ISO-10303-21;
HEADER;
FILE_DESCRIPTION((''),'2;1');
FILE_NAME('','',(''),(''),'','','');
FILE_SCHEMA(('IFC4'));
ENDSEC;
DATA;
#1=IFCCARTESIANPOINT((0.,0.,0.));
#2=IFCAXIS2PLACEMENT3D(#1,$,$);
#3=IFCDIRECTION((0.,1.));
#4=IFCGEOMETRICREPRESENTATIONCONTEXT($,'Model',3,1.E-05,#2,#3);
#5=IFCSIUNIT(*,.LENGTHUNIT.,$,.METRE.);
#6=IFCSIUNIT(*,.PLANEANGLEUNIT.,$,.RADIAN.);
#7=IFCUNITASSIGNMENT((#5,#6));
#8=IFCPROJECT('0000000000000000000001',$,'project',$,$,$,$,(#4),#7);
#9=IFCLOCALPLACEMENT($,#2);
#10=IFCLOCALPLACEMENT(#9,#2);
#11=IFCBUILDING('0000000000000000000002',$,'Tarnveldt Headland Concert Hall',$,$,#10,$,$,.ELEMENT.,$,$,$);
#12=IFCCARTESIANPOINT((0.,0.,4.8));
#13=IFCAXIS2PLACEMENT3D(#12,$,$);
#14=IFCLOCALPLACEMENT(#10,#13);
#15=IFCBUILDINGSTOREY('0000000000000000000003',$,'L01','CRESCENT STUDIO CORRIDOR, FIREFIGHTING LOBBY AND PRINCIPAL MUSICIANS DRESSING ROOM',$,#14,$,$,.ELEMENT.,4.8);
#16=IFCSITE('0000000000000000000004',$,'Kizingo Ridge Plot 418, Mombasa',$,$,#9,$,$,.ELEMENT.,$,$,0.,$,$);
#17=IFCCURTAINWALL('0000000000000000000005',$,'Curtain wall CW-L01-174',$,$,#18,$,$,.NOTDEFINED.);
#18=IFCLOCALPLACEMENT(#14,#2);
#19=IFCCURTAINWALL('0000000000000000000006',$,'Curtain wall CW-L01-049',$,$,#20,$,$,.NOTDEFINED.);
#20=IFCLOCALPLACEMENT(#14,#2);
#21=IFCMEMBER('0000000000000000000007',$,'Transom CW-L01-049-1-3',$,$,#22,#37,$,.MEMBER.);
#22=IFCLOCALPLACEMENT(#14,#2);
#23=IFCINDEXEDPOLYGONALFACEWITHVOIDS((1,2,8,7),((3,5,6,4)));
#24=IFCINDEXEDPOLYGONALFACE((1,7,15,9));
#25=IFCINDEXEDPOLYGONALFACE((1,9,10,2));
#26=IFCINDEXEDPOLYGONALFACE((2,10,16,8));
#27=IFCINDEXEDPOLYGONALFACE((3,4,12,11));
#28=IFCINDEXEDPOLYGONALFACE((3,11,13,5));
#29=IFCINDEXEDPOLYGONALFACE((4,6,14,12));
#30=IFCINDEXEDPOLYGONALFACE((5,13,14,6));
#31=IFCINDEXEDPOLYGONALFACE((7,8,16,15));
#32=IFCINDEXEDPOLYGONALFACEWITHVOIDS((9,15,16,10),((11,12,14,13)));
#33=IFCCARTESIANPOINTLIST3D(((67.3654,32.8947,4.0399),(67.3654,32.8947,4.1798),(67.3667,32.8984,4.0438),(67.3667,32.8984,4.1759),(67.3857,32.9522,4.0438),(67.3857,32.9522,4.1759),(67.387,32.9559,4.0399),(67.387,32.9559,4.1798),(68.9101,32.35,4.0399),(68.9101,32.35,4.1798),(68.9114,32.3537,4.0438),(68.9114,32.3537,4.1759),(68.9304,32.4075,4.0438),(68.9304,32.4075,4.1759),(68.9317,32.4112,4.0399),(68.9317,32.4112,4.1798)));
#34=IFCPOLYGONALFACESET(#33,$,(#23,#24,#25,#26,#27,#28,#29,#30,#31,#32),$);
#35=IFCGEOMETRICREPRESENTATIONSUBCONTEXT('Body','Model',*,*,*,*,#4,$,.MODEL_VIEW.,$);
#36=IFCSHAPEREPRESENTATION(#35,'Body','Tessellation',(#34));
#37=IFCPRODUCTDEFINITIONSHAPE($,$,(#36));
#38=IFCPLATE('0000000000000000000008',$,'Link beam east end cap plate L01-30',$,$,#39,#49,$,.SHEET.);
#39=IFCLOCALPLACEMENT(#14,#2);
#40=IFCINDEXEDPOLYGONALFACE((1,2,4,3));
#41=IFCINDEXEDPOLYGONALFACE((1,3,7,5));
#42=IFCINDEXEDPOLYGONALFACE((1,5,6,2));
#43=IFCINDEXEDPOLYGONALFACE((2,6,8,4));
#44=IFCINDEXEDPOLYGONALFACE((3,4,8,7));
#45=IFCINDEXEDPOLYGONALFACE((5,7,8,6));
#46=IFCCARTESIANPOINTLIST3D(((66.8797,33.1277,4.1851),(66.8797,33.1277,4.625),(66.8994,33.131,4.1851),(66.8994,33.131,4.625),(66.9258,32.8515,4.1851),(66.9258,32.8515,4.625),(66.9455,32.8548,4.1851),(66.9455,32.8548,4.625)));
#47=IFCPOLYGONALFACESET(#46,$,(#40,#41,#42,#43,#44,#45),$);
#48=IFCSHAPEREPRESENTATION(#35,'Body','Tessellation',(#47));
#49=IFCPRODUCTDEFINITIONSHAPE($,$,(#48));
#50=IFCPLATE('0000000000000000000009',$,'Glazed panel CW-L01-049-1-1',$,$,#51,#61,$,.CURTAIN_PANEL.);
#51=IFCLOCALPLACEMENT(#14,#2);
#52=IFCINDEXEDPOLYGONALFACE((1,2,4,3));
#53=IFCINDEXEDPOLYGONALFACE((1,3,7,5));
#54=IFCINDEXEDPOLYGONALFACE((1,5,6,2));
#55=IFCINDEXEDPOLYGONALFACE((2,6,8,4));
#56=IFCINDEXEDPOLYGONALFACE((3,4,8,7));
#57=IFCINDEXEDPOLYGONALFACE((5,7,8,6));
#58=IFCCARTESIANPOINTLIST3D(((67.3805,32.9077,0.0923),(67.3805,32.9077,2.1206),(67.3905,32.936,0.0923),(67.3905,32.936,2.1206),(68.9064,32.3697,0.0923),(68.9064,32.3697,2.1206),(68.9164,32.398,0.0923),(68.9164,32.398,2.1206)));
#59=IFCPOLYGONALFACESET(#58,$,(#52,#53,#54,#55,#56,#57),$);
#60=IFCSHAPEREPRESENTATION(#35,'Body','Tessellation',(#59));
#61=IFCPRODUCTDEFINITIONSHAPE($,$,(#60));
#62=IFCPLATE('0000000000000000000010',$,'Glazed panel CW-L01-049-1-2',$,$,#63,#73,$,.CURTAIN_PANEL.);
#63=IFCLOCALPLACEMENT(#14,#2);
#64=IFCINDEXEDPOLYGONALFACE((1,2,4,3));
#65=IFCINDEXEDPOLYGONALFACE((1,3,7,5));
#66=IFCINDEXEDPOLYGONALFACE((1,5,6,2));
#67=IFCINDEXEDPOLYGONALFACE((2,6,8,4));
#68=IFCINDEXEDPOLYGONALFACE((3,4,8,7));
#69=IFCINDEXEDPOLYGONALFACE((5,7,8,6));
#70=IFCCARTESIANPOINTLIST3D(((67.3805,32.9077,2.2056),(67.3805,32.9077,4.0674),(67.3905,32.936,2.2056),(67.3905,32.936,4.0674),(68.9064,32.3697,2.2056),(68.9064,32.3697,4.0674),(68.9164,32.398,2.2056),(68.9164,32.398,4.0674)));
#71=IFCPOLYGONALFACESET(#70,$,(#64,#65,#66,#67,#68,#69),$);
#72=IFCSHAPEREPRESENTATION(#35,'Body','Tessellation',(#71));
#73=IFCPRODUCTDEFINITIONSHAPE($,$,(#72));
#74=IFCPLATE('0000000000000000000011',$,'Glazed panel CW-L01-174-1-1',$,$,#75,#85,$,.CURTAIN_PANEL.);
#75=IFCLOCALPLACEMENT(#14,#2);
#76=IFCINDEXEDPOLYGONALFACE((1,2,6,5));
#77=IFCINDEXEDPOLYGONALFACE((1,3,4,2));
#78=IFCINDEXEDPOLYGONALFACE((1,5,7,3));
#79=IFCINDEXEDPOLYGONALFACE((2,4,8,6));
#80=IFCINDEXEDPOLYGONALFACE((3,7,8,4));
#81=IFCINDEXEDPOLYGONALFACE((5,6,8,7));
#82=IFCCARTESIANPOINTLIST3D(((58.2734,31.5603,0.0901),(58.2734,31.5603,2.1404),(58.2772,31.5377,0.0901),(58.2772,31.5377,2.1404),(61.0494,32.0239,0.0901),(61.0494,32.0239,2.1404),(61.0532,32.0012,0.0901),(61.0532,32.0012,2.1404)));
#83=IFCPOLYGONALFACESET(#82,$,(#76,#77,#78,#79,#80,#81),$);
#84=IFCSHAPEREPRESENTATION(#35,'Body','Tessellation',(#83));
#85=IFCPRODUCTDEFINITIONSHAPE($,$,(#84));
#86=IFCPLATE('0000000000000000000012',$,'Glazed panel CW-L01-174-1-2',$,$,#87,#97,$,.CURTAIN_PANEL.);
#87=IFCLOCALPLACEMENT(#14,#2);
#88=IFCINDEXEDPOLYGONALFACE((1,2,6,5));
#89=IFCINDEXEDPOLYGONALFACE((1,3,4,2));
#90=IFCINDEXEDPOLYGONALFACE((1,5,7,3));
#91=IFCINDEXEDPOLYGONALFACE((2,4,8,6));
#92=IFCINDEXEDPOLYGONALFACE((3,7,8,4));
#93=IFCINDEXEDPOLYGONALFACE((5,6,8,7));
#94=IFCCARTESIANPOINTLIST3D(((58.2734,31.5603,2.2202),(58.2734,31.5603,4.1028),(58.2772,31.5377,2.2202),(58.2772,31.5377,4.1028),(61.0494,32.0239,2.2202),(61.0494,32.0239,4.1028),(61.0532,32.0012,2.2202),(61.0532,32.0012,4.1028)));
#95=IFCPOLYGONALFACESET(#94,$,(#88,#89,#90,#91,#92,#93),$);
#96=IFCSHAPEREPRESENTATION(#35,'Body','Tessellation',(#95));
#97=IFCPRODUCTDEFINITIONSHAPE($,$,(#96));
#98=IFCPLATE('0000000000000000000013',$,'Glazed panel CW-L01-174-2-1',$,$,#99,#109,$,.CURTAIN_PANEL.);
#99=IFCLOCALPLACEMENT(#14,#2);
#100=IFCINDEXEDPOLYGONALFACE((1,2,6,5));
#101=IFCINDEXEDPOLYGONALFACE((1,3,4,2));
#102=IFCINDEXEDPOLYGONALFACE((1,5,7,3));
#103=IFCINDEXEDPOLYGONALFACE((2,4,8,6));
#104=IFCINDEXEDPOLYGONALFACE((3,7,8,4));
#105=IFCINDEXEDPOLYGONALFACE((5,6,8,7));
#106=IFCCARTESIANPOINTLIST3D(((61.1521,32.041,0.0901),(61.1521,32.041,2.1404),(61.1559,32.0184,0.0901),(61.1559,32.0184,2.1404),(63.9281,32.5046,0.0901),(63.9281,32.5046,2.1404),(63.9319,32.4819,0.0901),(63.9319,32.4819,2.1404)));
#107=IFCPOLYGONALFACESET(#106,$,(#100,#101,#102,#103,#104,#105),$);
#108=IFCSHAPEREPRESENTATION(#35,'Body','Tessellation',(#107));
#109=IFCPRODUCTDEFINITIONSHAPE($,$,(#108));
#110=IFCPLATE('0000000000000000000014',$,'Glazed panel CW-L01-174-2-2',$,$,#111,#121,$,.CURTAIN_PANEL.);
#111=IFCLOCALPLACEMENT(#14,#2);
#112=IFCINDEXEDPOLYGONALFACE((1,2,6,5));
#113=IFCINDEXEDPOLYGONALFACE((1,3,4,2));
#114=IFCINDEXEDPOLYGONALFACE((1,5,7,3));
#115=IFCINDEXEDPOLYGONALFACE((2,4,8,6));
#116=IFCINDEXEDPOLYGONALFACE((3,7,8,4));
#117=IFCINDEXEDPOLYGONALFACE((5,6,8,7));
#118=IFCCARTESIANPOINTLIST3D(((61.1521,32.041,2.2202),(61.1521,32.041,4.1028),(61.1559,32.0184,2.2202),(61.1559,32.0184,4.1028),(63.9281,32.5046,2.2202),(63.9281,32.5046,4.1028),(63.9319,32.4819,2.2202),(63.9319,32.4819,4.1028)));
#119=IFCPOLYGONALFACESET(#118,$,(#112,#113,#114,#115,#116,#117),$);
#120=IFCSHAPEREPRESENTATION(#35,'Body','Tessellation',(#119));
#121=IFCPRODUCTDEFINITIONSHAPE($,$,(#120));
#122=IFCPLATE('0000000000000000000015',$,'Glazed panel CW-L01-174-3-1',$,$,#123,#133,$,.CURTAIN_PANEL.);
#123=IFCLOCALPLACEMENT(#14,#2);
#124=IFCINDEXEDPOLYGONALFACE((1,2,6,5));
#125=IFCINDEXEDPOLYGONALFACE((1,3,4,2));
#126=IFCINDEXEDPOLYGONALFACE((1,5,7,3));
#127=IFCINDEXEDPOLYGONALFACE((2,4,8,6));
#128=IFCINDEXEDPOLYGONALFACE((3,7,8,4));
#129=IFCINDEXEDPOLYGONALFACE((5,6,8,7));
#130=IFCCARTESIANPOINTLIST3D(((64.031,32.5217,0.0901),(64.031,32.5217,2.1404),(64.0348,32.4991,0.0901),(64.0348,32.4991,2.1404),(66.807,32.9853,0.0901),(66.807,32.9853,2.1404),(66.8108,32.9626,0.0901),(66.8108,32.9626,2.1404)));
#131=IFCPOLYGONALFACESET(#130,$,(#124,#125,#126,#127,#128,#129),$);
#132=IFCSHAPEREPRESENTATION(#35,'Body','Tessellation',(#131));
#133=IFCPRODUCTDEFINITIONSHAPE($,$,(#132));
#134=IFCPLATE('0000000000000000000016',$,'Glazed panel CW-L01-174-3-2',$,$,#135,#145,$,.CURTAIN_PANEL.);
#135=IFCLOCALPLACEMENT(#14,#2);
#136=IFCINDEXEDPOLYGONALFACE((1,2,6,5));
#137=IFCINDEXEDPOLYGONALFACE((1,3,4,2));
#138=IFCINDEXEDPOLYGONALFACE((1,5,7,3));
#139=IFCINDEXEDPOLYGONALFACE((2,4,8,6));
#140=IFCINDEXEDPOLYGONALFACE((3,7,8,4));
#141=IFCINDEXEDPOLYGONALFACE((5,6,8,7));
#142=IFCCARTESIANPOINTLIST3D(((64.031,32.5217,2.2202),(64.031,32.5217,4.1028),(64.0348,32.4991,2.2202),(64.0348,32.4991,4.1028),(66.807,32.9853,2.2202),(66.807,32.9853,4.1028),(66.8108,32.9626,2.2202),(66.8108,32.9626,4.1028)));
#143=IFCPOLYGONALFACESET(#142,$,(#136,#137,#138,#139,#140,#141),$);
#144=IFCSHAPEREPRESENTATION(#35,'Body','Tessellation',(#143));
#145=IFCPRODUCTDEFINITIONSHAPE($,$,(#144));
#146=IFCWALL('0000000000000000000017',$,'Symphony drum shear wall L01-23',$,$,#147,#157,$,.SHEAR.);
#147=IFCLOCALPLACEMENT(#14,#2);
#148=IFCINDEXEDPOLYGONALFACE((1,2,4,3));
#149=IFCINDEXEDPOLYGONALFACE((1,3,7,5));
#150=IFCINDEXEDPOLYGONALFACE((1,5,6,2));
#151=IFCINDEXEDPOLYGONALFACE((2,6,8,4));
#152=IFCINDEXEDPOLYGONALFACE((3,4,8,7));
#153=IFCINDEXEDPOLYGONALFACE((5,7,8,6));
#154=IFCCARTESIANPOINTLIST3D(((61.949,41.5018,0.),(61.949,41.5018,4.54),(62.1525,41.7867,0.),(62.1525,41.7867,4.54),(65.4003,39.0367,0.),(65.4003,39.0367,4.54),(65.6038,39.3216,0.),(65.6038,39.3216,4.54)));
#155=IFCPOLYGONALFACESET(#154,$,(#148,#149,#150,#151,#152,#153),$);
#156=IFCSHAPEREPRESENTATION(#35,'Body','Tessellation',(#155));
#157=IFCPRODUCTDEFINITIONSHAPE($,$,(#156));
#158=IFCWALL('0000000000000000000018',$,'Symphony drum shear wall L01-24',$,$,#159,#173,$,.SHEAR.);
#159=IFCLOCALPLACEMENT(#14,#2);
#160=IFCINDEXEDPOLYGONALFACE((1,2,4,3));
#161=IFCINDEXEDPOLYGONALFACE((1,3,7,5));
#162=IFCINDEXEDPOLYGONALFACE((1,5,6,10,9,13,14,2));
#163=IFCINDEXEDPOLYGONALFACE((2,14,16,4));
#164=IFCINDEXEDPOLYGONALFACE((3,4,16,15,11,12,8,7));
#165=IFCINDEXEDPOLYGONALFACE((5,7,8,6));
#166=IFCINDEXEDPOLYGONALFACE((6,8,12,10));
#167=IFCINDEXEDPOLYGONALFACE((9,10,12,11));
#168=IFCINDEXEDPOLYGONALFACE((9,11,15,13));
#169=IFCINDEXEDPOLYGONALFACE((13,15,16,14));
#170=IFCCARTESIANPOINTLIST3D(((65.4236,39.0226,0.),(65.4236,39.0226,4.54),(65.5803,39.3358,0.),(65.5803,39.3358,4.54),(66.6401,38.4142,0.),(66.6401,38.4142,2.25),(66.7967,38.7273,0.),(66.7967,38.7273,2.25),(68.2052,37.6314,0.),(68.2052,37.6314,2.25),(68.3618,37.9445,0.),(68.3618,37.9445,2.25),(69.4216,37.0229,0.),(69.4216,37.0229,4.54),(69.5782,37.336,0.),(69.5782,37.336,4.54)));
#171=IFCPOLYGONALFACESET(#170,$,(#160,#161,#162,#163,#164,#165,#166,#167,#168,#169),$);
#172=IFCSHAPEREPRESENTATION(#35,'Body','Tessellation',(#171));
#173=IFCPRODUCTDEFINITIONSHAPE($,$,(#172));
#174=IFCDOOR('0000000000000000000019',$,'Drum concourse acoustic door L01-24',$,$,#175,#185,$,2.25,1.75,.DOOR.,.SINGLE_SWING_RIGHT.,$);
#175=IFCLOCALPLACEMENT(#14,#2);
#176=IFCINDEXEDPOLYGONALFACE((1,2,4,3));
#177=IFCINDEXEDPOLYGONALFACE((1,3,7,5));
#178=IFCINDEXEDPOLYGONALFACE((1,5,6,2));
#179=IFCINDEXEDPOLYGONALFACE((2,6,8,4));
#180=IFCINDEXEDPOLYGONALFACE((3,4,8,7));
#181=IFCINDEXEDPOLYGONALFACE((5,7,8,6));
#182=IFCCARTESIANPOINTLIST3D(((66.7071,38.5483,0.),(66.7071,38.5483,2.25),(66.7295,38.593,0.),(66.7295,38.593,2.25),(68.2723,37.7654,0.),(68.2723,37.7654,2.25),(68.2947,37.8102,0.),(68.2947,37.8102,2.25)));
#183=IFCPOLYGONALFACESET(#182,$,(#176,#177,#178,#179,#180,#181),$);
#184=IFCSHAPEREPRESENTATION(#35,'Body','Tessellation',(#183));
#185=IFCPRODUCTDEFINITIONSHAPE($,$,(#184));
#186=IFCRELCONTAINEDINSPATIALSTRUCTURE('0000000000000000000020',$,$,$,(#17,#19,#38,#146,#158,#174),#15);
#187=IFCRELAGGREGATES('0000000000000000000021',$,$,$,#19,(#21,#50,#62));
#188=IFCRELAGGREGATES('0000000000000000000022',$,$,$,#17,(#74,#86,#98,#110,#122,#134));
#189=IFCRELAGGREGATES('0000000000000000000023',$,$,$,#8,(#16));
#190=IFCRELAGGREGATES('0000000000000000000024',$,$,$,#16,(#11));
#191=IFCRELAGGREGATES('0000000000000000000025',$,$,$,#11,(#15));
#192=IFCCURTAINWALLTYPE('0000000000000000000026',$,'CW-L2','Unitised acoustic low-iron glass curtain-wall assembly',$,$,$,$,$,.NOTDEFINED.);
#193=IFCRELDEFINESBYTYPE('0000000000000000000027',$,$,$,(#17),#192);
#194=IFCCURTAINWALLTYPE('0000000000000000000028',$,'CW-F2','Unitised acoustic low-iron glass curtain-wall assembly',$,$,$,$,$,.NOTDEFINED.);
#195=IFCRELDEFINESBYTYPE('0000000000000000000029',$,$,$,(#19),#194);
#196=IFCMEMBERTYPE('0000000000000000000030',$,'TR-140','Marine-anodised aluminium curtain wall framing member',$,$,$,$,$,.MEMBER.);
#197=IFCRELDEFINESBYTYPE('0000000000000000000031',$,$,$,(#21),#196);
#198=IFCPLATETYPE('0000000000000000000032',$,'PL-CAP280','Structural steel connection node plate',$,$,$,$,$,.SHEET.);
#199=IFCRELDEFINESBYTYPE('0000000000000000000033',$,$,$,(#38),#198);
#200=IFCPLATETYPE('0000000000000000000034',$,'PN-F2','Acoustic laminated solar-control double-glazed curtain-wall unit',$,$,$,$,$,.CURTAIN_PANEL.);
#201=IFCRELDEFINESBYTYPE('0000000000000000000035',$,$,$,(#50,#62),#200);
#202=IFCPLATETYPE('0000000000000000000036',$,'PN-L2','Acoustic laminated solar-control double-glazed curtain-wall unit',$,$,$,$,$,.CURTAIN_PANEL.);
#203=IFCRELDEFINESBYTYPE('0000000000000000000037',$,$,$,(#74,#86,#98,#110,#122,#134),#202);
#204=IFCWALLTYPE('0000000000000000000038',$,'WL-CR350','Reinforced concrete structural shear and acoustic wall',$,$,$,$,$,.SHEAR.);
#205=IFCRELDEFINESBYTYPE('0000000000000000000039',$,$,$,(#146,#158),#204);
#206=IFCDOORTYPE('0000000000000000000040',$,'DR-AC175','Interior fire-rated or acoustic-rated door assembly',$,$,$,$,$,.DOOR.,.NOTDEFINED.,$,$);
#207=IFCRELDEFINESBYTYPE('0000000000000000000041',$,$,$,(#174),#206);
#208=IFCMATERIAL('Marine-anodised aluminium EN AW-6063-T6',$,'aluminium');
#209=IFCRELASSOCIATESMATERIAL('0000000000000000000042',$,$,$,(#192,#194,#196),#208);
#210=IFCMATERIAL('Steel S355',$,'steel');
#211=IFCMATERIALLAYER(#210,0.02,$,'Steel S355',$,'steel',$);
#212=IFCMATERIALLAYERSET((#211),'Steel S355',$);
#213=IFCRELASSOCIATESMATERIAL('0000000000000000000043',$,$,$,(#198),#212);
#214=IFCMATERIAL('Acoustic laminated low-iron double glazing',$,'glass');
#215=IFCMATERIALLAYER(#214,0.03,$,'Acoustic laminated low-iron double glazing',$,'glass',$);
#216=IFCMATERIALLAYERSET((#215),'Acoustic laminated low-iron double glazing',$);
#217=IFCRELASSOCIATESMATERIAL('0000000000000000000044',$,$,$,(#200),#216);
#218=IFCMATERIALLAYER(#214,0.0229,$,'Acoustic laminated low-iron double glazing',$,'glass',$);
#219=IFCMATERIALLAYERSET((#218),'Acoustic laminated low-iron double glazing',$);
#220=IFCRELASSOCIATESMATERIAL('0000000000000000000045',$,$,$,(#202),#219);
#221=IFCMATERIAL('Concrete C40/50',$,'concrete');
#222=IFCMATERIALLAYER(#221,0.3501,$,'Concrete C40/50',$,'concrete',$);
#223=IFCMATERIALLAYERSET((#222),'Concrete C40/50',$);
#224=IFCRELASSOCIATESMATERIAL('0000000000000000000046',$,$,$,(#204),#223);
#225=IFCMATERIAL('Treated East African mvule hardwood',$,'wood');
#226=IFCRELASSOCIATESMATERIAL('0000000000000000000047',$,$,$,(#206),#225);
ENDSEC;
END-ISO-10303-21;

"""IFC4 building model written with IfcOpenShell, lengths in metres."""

from ifc_helpers import new_model, si_unit, direction, frame, frame_2d, origin, origin_2d, place, context, subcontext, project, spatial, rectangle, hollow_rectangle, extrude, material, layer, layer_set, material_profile, profile_set, type_object, element, fill, aggregate, save


model = new_model("IFC4")

# Units and contexts
model_context = context("Model", 3, precision=1e-05, world=origin(), true_north=direction((0.0, 1.0)))
body_context = subcontext(model_context, "Body", "Model", "MODEL_VIEW")
ifc_project = project(units=[si_unit("LENGTHUNIT", "METRE"), si_unit("PLANEANGLEUNIT", "RADIAN")], contexts=[model_context])

# Site, building, storey
site_placement = place(None, origin())
site = spatial("IfcSite", under=ifc_project, at=site_placement, Name="Kizingo Ridge Plot 418, Mombasa", CompositionType="ELEMENT", RefElevation=0.0)
building_placement = place(site_placement, origin())
building = spatial("IfcBuilding", under=site, at=building_placement, Name="Tarnveldt Headland Concert Hall", CompositionType="ELEMENT")
storey_placement = place(building_placement, frame((0.0, 0.0, 4.8)))
storey = spatial("IfcBuildingStorey", under=building, at=storey_placement, Name="L01", Description="CRESCENT STUDIO CORRIDOR, FIREFIGHTING LOBBY AND PRINCIPAL MUSICIANS DRESSING ROOM", CompositionType="ELEMENT", Elevation=4.8)

# Shared definitions
ifc_material_1 = material(Name="Concrete C40/50", Category="concrete")
ifc_material_2 = material(Name="Steel S355", Category="steel")

# Curtain wall
ifc_material_3 = material(Name="Marine-anodised aluminium EN AW-6063-T6", Category="aluminium")
curtain_wall_type_1 = type_object("IfcCurtainWallType", Name="CW-L2", Description="Unitised acoustic low-iron glass curtain-wall assembly", PredefinedType="NOTDEFINED", material=ifc_material_3)
curtain_wall_1_placement = place(storey_placement, origin())
curtain_wall_1 = element("IfcCurtainWall", 1, at=curtain_wall_1_placement, inside=storey, type_object=curtain_wall_type_1, Name="Curtain wall CW-L01-174", PredefinedType="NOTDEFINED")

# Curtain wall
curtain_wall_type_2 = type_object("IfcCurtainWallType", Name="CW-F2", Description="Unitised acoustic low-iron glass curtain-wall assembly", PredefinedType="NOTDEFINED", material=ifc_material_3)
curtain_wall_2_placement = place(storey_placement, origin())
curtain_wall_2 = element("IfcCurtainWall", 2, at=curtain_wall_2_placement, inside=storey, type_object=curtain_wall_type_2, Name="Curtain wall CW-L01-049", PredefinedType="NOTDEFINED")

# Member
ifc_material_profile_1 = material_profile(ifc_material_3, hollow_rectangle(XDim=0.0649, YDim=0.1399, WallThickness=0.0039, at=origin_2d()), Name="ALU TRANSOM 65x140x4", Category="aluminium")
ifc_profile_set_1 = profile_set([ifc_material_profile_1], Name="Marine-anodised aluminium EN AW-6063-T6")
member_type_1 = type_object("IfcMemberType", Name="TR-140", Description="Marine-anodised aluminium curtain wall framing member", PredefinedType="MEMBER", material=ifc_profile_set_1)
member_1_placement = place(storey_placement, frame((67.3762, 32.9253, 4.1099), z_axis=(0.943087, -0.332547, 0.0), x_axis=(0.332547, 0.943087, 0.0)))
member_1 = element("IfcMember", 3, at=member_1_placement, type_object=member_type_1, Name="Transom CW-L01-049-1-3", PredefinedType="MEMBER", context=body_context, shape_type="SweptSolid", body=[
    extrude(hollow_rectangle(XDim=0.0649, YDim=0.1399, WallThickness=0.0039, at=origin_2d()), origin(), (0.0, 0.0, 1.0), 1.6379),
])

# Plates
ifc_layer_1 = layer(ifc_material_2, 0.02, Name="Steel S355", Category="steel")
ifc_layer_set_1 = layer_set([ifc_layer_1], Name="Steel S355")
plate_type_1 = type_object("IfcPlateType", Name="PL-CAP280", Description="Structural steel connection node plate", PredefinedType="SHEET", material=ifc_layer_set_1)
plate_1_placement = place(storey_placement, frame((66.9126, 32.9912, 4.1851), z_axis=(0.0, 0.0, 1.0), x_axis=(0.986343, 0.164703, 0.0)))
element("IfcPlate", 4, at=plate_1_placement, inside=storey, type_object=plate_type_1, Name="Link beam east end cap plate L01-30", PredefinedType="SHEET", context=body_context, shape_type="SweptSolid", body=[
    extrude(rectangle(XDim=0.02, YDim=0.28, at=origin_2d()), origin(), (0.0, 0.0, 1.0), 0.4399),
])
ifc_material_4 = material(Name="Acoustic laminated low-iron double glazing", Category="glass")
ifc_layer_2 = layer(ifc_material_4, 0.03, Name="Acoustic laminated low-iron double glazing", Category="glass")
ifc_layer_set_2 = layer_set([ifc_layer_2], Name="Acoustic laminated low-iron double glazing")
plate_type_2 = type_object("IfcPlateType", Name="PN-F2", Description="Acoustic laminated solar-control double-glazed curtain-wall unit", PredefinedType="CURTAIN_PANEL", material=ifc_layer_set_2)
plate_2_placement = place(storey_placement, frame((68.1484, 32.6528, 0.0923), z_axis=(0.0, 0.0, 1.0), x_axis=(0.943095, -0.332523, 0.0)))
plate_2 = element("IfcPlate", 5, at=plate_2_placement, type_object=plate_type_2, Name="Glazed panel CW-L01-049-1-1", PredefinedType="CURTAIN_PANEL", context=body_context, shape_type="SweptSolid", body=[
    extrude(rectangle(XDim=1.6179, YDim=0.03, at=origin_2d()), origin(), (0.0, 0.0, 1.0), 2.0283),
])
plate_3_placement = place(storey_placement, frame((68.1484, 32.6528, 2.2056), z_axis=(0.0, 0.0, 1.0), x_axis=(0.943095, -0.332523, 0.0)))
plate_3 = element("IfcPlate", 6, at=plate_3_placement, type_object=plate_type_2, Name="Glazed panel CW-L01-049-1-2", PredefinedType="CURTAIN_PANEL", context=body_context, shape_type="SweptSolid", body=[
    extrude(rectangle(XDim=1.6179, YDim=0.03, at=origin_2d()), origin(), (0.0, 0.0, 1.0), 1.8618),
])
aggregate(curtain_wall_2, [member_1, plate_2, plate_3])
ifc_layer_3 = layer(ifc_material_4, 0.0229, Name="Acoustic laminated low-iron double glazing", Category="glass")
ifc_layer_set_3 = layer_set([ifc_layer_3], Name="Acoustic laminated low-iron double glazing")
plate_type_3 = type_object("IfcPlateType", Name="PN-L2", Description="Acoustic laminated solar-control double-glazed curtain-wall unit", PredefinedType="CURTAIN_PANEL", material=ifc_layer_set_3)
plate_4_placement = place(storey_placement, frame((59.6633, 31.7808, 0.0901), z_axis=(0.0, 0.0, 1.0), x_axis=(0.986343, 0.164703, 0.0)))
plate_4 = element("IfcPlate", 7, at=plate_4_placement, type_object=plate_type_3, Name="Glazed panel CW-L01-174-1-1", PredefinedType="CURTAIN_PANEL", context=body_context, shape_type="SweptSolid", body=[
    extrude(rectangle(XDim=2.8145, YDim=0.0229, at=origin_2d()), origin(), (0.0, 0.0, 1.0), 2.0503),
])
plate_5_placement = place(storey_placement, frame((59.6633, 31.7808, 2.2202), z_axis=(0.0, 0.0, 1.0), x_axis=(0.986343, 0.164703, 0.0)))
plate_5 = element("IfcPlate", 8, at=plate_5_placement, type_object=plate_type_3, Name="Glazed panel CW-L01-174-1-2", PredefinedType="CURTAIN_PANEL", context=body_context, shape_type="SweptSolid", body=[
    extrude(rectangle(XDim=2.8145, YDim=0.0229, at=origin_2d()), origin(), (0.0, 0.0, 1.0), 1.8826),
])
plate_6_placement = place(storey_placement, frame((62.542, 32.2615, 0.0901), z_axis=(0.0, 0.0, 1.0), x_axis=(0.986343, 0.164703, 0.0)))
plate_6 = element("IfcPlate", 9, at=plate_6_placement, type_object=plate_type_3, Name="Glazed panel CW-L01-174-2-1", PredefinedType="CURTAIN_PANEL", context=body_context, shape_type="SweptSolid", body=[
    extrude(rectangle(XDim=2.8145, YDim=0.0229, at=origin_2d()), origin(), (0.0, 0.0, 1.0), 2.0503),
])
plate_7_placement = place(storey_placement, frame((62.542, 32.2615, 2.2202), z_axis=(0.0, 0.0, 1.0), x_axis=(0.986343, 0.164703, 0.0)))
plate_7 = element("IfcPlate", 10, at=plate_7_placement, type_object=plate_type_3, Name="Glazed panel CW-L01-174-2-2", PredefinedType="CURTAIN_PANEL", context=body_context, shape_type="SweptSolid", body=[
    extrude(rectangle(XDim=2.8145, YDim=0.0229, at=origin_2d()), origin(), (0.0, 0.0, 1.0), 1.8826),
])
plate_8_placement = place(storey_placement, frame((65.4209, 32.7422, 0.0901), z_axis=(0.0, 0.0, 1.0), x_axis=(0.986343, 0.164703, 0.0)))
plate_8 = element("IfcPlate", 11, at=plate_8_placement, type_object=plate_type_3, Name="Glazed panel CW-L01-174-3-1", PredefinedType="CURTAIN_PANEL", context=body_context, shape_type="SweptSolid", body=[
    extrude(rectangle(XDim=2.8145, YDim=0.0229, at=origin_2d()), origin(), (0.0, 0.0, 1.0), 2.0503),
])
plate_9_placement = place(storey_placement, frame((65.4209, 32.7422, 2.2202), z_axis=(0.0, 0.0, 1.0), x_axis=(0.986343, 0.164703, 0.0)))
plate_9 = element("IfcPlate", 12, at=plate_9_placement, type_object=plate_type_3, Name="Glazed panel CW-L01-174-3-2", PredefinedType="CURTAIN_PANEL", context=body_context, shape_type="SweptSolid", body=[
    extrude(rectangle(XDim=2.8145, YDim=0.0229, at=origin_2d()), origin(), (0.0, 0.0, 1.0), 1.8826),
])
aggregate(curtain_wall_1, [plate_4, plate_5, plate_6, plate_7, plate_8, plate_9])

# Wall
ifc_layer_4 = layer(ifc_material_1, 0.3501, Name="Concrete C40/50", Category="concrete")
ifc_layer_set_4 = layer_set([ifc_layer_4], Name="Concrete C40/50")
wall_type = type_object("IfcWallType", Name="WL-CR350", Description="Reinforced concrete structural shear and acoustic wall", PredefinedType="SHEAR", material=ifc_layer_set_4)
wall_1_placement = place(storey_placement, frame((62.0508, 41.6443, 0.0), z_axis=(0.0, 0.0, 1.0), x_axis=(0.813737, -0.581233, 0.0)))
element("IfcWall", 13, at=wall_1_placement, inside=storey, type_object=wall_type, Name="Symphony drum shear wall L01-23", PredefinedType="SHEAR", context=body_context, shape_type="SweptSolid", body=[
    extrude(rectangle(XDim=4.2412, YDim=0.3501, at=frame_2d((2.1206, 0.0))), origin(), (0.0, 0.0, 1.0), 4.54),
])

# Wall, opening, door
wall_2_placement = place(storey_placement, frame((65.502, 39.1792, 0.0), z_axis=(0.0, 0.0, 1.0), x_axis=(0.894362, -0.447345, 0.0)))
wall_2 = element("IfcWall", 14, at=wall_2_placement, inside=storey, type_object=wall_type, Name="Symphony drum shear wall L01-24", PredefinedType="SHEAR", context=body_context, shape_type="SweptSolid", body=[
    extrude(rectangle(XDim=4.4702, YDim=0.3501, at=frame_2d((2.2351, 0.0))), origin(), (0.0, 0.0, 1.0), 4.54),
])
opening_placement = place(wall_2_placement, frame((1.3601, 0.0, 0.0)))
opening = element("IfcOpeningElement", 15, at=opening_placement, cuts=wall_2, PredefinedType="OPENING", context=body_context, shape_type="SweptSolid", body=[
    extrude(rectangle(XDim=1.75, YDim=2.25, at=frame_2d((0.875, 1.125))), frame((0.0, 0.1851, 0.0), z_axis=(0.0, -1.0, 0.0), x_axis=(1.0, 0.0, 0.0)), (0.0, 0.0, 1.0), 0.3701),
])
ifc_material_5 = material(Name="Treated East African mvule hardwood", Category="wood")
door_type = type_object("IfcDoorType", Name="DR-AC175", Description="Interior fire-rated or acoustic-rated door assembly", OperationType="NOTDEFINED", PredefinedType="DOOR", material=ifc_material_5)
door_placement = place(opening_placement, origin())
door = element("IfcDoor", 16, at=door_placement, inside=storey, type_object=door_type, Name="Drum concourse acoustic door L01-24", OperationType="SINGLE_SWING_RIGHT", OverallHeight=2.25, OverallWidth=1.75, PredefinedType="DOOR", context=body_context, shape_type="SweptSolid", body=[
    extrude(rectangle(XDim=1.75, YDim=2.25, at=frame_2d((0.875, 1.125))), frame((0.0, 0.0249, 0.0), z_axis=(0.0, -1.0, 0.0), x_axis=(1.0, 0.0, 0.0)), (0.0, 0.0, 1.0), 0.05),
])
fill(opening, door)

save(model, "model.ifc")
